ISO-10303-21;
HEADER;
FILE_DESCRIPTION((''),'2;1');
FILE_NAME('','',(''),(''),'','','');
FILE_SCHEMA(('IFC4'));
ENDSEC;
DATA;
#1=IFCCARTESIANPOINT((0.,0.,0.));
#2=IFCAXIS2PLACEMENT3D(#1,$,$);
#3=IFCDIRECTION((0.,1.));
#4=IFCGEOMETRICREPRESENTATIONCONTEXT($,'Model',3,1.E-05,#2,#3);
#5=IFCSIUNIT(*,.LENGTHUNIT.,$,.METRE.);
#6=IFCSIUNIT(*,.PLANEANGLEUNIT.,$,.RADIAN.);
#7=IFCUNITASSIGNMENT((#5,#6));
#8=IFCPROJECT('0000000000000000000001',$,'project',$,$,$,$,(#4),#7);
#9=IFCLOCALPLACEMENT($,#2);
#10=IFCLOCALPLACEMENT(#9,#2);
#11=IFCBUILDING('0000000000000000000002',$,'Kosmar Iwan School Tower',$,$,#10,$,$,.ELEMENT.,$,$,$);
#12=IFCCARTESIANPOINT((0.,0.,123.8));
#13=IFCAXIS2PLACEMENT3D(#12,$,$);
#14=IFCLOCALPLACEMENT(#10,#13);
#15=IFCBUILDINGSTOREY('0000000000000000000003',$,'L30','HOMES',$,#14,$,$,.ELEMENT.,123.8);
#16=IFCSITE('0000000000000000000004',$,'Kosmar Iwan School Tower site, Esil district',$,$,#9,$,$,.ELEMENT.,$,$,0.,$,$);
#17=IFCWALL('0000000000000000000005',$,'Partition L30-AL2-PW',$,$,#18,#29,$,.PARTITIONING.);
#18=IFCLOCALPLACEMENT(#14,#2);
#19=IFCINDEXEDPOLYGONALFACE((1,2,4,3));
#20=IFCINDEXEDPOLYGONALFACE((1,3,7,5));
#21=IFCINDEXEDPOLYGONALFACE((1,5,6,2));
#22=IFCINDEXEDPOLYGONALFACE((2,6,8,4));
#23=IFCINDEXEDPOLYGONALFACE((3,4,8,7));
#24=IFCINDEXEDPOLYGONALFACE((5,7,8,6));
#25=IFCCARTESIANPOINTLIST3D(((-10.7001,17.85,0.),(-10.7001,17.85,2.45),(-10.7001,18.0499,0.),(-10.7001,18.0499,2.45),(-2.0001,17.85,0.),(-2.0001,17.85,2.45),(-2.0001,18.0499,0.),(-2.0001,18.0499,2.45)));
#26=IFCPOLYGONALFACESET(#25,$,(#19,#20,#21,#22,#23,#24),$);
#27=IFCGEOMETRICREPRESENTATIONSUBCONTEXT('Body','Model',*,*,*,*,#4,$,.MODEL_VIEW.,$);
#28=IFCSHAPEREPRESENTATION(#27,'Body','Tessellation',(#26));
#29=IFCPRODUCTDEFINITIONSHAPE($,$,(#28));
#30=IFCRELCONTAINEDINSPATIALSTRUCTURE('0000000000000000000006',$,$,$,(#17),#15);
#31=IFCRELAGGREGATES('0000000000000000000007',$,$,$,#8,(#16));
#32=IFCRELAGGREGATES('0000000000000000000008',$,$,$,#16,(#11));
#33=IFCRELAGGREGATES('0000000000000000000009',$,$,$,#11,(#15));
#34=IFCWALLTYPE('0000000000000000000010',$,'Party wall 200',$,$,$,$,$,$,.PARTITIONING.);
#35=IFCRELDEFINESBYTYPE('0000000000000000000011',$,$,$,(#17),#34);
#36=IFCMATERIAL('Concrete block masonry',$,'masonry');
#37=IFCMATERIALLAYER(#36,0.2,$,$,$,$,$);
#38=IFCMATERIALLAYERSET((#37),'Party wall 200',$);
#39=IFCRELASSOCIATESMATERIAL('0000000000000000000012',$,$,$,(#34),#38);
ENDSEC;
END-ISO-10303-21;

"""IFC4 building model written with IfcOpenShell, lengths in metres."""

from ifc_helpers import new_model, si_unit, direction, frame, frame_2d, origin, place, context, subcontext, project, spatial, rectangle, extrude, material, layer, layer_set, type_object, element, save


model = new_model("IFC4")

# Units and contexts
model_context = context("Model", 3, precision=1e-05, world=origin(), true_north=direction((0.0, 1.0)))
body_context = subcontext(model_context, "Body", "Model", "MODEL_VIEW")
ifc_project = project(units=[si_unit("LENGTHUNIT", "METRE"), si_unit("PLANEANGLEUNIT", "RADIAN")], contexts=[model_context])

# Site, building, storey
site_placement = place(None, origin())
site = spatial("IfcSite", under=ifc_project, at=site_placement, Name="Kosmar Iwan School Tower site, Esil district", CompositionType="ELEMENT", RefElevation=0.0)
building_placement = place(site_placement, origin())
building = spatial("IfcBuilding", under=site, at=building_placement, Name="Kosmar Iwan School Tower", CompositionType="ELEMENT")
storey_placement = place(building_placement, frame((0.0, 0.0, 123.8)))
storey = spatial("IfcBuildingStorey", under=building, at=storey_placement, Name="L30", Description="HOMES", CompositionType="ELEMENT", Elevation=123.8)

# Wall
ifc_material_1 = material(Name="Concrete block masonry", Category="masonry")
ifc_layer_1 = layer(ifc_material_1, 0.2)
ifc_layer_set_1 = layer_set([ifc_layer_1], Name="Party wall 200")
wall_type_1 = type_object("IfcWallType", Name="Party wall 200", PredefinedType="PARTITIONING", material=ifc_layer_set_1)
wall_1_placement = place(storey_placement, frame((-2.0, 17.95, 0.0), z_axis=(0.0, 0.0, 1.0), x_axis=(-1.0, 0.0, 0.0)))
element("IfcWall", 1, at=wall_1_placement, inside=storey, type_object=wall_type_1, Name="Partition L30-AL2-PW", PredefinedType="PARTITIONING", context=body_context, shape_type="SweptSolid", body=[
    extrude(rectangle(XDim=8.7, YDim=0.2, at=frame_2d((4.3501, 0.0))), origin(), (0.0, 0.0, 1.0), 2.45),
])

save(model, "model.ifc")
